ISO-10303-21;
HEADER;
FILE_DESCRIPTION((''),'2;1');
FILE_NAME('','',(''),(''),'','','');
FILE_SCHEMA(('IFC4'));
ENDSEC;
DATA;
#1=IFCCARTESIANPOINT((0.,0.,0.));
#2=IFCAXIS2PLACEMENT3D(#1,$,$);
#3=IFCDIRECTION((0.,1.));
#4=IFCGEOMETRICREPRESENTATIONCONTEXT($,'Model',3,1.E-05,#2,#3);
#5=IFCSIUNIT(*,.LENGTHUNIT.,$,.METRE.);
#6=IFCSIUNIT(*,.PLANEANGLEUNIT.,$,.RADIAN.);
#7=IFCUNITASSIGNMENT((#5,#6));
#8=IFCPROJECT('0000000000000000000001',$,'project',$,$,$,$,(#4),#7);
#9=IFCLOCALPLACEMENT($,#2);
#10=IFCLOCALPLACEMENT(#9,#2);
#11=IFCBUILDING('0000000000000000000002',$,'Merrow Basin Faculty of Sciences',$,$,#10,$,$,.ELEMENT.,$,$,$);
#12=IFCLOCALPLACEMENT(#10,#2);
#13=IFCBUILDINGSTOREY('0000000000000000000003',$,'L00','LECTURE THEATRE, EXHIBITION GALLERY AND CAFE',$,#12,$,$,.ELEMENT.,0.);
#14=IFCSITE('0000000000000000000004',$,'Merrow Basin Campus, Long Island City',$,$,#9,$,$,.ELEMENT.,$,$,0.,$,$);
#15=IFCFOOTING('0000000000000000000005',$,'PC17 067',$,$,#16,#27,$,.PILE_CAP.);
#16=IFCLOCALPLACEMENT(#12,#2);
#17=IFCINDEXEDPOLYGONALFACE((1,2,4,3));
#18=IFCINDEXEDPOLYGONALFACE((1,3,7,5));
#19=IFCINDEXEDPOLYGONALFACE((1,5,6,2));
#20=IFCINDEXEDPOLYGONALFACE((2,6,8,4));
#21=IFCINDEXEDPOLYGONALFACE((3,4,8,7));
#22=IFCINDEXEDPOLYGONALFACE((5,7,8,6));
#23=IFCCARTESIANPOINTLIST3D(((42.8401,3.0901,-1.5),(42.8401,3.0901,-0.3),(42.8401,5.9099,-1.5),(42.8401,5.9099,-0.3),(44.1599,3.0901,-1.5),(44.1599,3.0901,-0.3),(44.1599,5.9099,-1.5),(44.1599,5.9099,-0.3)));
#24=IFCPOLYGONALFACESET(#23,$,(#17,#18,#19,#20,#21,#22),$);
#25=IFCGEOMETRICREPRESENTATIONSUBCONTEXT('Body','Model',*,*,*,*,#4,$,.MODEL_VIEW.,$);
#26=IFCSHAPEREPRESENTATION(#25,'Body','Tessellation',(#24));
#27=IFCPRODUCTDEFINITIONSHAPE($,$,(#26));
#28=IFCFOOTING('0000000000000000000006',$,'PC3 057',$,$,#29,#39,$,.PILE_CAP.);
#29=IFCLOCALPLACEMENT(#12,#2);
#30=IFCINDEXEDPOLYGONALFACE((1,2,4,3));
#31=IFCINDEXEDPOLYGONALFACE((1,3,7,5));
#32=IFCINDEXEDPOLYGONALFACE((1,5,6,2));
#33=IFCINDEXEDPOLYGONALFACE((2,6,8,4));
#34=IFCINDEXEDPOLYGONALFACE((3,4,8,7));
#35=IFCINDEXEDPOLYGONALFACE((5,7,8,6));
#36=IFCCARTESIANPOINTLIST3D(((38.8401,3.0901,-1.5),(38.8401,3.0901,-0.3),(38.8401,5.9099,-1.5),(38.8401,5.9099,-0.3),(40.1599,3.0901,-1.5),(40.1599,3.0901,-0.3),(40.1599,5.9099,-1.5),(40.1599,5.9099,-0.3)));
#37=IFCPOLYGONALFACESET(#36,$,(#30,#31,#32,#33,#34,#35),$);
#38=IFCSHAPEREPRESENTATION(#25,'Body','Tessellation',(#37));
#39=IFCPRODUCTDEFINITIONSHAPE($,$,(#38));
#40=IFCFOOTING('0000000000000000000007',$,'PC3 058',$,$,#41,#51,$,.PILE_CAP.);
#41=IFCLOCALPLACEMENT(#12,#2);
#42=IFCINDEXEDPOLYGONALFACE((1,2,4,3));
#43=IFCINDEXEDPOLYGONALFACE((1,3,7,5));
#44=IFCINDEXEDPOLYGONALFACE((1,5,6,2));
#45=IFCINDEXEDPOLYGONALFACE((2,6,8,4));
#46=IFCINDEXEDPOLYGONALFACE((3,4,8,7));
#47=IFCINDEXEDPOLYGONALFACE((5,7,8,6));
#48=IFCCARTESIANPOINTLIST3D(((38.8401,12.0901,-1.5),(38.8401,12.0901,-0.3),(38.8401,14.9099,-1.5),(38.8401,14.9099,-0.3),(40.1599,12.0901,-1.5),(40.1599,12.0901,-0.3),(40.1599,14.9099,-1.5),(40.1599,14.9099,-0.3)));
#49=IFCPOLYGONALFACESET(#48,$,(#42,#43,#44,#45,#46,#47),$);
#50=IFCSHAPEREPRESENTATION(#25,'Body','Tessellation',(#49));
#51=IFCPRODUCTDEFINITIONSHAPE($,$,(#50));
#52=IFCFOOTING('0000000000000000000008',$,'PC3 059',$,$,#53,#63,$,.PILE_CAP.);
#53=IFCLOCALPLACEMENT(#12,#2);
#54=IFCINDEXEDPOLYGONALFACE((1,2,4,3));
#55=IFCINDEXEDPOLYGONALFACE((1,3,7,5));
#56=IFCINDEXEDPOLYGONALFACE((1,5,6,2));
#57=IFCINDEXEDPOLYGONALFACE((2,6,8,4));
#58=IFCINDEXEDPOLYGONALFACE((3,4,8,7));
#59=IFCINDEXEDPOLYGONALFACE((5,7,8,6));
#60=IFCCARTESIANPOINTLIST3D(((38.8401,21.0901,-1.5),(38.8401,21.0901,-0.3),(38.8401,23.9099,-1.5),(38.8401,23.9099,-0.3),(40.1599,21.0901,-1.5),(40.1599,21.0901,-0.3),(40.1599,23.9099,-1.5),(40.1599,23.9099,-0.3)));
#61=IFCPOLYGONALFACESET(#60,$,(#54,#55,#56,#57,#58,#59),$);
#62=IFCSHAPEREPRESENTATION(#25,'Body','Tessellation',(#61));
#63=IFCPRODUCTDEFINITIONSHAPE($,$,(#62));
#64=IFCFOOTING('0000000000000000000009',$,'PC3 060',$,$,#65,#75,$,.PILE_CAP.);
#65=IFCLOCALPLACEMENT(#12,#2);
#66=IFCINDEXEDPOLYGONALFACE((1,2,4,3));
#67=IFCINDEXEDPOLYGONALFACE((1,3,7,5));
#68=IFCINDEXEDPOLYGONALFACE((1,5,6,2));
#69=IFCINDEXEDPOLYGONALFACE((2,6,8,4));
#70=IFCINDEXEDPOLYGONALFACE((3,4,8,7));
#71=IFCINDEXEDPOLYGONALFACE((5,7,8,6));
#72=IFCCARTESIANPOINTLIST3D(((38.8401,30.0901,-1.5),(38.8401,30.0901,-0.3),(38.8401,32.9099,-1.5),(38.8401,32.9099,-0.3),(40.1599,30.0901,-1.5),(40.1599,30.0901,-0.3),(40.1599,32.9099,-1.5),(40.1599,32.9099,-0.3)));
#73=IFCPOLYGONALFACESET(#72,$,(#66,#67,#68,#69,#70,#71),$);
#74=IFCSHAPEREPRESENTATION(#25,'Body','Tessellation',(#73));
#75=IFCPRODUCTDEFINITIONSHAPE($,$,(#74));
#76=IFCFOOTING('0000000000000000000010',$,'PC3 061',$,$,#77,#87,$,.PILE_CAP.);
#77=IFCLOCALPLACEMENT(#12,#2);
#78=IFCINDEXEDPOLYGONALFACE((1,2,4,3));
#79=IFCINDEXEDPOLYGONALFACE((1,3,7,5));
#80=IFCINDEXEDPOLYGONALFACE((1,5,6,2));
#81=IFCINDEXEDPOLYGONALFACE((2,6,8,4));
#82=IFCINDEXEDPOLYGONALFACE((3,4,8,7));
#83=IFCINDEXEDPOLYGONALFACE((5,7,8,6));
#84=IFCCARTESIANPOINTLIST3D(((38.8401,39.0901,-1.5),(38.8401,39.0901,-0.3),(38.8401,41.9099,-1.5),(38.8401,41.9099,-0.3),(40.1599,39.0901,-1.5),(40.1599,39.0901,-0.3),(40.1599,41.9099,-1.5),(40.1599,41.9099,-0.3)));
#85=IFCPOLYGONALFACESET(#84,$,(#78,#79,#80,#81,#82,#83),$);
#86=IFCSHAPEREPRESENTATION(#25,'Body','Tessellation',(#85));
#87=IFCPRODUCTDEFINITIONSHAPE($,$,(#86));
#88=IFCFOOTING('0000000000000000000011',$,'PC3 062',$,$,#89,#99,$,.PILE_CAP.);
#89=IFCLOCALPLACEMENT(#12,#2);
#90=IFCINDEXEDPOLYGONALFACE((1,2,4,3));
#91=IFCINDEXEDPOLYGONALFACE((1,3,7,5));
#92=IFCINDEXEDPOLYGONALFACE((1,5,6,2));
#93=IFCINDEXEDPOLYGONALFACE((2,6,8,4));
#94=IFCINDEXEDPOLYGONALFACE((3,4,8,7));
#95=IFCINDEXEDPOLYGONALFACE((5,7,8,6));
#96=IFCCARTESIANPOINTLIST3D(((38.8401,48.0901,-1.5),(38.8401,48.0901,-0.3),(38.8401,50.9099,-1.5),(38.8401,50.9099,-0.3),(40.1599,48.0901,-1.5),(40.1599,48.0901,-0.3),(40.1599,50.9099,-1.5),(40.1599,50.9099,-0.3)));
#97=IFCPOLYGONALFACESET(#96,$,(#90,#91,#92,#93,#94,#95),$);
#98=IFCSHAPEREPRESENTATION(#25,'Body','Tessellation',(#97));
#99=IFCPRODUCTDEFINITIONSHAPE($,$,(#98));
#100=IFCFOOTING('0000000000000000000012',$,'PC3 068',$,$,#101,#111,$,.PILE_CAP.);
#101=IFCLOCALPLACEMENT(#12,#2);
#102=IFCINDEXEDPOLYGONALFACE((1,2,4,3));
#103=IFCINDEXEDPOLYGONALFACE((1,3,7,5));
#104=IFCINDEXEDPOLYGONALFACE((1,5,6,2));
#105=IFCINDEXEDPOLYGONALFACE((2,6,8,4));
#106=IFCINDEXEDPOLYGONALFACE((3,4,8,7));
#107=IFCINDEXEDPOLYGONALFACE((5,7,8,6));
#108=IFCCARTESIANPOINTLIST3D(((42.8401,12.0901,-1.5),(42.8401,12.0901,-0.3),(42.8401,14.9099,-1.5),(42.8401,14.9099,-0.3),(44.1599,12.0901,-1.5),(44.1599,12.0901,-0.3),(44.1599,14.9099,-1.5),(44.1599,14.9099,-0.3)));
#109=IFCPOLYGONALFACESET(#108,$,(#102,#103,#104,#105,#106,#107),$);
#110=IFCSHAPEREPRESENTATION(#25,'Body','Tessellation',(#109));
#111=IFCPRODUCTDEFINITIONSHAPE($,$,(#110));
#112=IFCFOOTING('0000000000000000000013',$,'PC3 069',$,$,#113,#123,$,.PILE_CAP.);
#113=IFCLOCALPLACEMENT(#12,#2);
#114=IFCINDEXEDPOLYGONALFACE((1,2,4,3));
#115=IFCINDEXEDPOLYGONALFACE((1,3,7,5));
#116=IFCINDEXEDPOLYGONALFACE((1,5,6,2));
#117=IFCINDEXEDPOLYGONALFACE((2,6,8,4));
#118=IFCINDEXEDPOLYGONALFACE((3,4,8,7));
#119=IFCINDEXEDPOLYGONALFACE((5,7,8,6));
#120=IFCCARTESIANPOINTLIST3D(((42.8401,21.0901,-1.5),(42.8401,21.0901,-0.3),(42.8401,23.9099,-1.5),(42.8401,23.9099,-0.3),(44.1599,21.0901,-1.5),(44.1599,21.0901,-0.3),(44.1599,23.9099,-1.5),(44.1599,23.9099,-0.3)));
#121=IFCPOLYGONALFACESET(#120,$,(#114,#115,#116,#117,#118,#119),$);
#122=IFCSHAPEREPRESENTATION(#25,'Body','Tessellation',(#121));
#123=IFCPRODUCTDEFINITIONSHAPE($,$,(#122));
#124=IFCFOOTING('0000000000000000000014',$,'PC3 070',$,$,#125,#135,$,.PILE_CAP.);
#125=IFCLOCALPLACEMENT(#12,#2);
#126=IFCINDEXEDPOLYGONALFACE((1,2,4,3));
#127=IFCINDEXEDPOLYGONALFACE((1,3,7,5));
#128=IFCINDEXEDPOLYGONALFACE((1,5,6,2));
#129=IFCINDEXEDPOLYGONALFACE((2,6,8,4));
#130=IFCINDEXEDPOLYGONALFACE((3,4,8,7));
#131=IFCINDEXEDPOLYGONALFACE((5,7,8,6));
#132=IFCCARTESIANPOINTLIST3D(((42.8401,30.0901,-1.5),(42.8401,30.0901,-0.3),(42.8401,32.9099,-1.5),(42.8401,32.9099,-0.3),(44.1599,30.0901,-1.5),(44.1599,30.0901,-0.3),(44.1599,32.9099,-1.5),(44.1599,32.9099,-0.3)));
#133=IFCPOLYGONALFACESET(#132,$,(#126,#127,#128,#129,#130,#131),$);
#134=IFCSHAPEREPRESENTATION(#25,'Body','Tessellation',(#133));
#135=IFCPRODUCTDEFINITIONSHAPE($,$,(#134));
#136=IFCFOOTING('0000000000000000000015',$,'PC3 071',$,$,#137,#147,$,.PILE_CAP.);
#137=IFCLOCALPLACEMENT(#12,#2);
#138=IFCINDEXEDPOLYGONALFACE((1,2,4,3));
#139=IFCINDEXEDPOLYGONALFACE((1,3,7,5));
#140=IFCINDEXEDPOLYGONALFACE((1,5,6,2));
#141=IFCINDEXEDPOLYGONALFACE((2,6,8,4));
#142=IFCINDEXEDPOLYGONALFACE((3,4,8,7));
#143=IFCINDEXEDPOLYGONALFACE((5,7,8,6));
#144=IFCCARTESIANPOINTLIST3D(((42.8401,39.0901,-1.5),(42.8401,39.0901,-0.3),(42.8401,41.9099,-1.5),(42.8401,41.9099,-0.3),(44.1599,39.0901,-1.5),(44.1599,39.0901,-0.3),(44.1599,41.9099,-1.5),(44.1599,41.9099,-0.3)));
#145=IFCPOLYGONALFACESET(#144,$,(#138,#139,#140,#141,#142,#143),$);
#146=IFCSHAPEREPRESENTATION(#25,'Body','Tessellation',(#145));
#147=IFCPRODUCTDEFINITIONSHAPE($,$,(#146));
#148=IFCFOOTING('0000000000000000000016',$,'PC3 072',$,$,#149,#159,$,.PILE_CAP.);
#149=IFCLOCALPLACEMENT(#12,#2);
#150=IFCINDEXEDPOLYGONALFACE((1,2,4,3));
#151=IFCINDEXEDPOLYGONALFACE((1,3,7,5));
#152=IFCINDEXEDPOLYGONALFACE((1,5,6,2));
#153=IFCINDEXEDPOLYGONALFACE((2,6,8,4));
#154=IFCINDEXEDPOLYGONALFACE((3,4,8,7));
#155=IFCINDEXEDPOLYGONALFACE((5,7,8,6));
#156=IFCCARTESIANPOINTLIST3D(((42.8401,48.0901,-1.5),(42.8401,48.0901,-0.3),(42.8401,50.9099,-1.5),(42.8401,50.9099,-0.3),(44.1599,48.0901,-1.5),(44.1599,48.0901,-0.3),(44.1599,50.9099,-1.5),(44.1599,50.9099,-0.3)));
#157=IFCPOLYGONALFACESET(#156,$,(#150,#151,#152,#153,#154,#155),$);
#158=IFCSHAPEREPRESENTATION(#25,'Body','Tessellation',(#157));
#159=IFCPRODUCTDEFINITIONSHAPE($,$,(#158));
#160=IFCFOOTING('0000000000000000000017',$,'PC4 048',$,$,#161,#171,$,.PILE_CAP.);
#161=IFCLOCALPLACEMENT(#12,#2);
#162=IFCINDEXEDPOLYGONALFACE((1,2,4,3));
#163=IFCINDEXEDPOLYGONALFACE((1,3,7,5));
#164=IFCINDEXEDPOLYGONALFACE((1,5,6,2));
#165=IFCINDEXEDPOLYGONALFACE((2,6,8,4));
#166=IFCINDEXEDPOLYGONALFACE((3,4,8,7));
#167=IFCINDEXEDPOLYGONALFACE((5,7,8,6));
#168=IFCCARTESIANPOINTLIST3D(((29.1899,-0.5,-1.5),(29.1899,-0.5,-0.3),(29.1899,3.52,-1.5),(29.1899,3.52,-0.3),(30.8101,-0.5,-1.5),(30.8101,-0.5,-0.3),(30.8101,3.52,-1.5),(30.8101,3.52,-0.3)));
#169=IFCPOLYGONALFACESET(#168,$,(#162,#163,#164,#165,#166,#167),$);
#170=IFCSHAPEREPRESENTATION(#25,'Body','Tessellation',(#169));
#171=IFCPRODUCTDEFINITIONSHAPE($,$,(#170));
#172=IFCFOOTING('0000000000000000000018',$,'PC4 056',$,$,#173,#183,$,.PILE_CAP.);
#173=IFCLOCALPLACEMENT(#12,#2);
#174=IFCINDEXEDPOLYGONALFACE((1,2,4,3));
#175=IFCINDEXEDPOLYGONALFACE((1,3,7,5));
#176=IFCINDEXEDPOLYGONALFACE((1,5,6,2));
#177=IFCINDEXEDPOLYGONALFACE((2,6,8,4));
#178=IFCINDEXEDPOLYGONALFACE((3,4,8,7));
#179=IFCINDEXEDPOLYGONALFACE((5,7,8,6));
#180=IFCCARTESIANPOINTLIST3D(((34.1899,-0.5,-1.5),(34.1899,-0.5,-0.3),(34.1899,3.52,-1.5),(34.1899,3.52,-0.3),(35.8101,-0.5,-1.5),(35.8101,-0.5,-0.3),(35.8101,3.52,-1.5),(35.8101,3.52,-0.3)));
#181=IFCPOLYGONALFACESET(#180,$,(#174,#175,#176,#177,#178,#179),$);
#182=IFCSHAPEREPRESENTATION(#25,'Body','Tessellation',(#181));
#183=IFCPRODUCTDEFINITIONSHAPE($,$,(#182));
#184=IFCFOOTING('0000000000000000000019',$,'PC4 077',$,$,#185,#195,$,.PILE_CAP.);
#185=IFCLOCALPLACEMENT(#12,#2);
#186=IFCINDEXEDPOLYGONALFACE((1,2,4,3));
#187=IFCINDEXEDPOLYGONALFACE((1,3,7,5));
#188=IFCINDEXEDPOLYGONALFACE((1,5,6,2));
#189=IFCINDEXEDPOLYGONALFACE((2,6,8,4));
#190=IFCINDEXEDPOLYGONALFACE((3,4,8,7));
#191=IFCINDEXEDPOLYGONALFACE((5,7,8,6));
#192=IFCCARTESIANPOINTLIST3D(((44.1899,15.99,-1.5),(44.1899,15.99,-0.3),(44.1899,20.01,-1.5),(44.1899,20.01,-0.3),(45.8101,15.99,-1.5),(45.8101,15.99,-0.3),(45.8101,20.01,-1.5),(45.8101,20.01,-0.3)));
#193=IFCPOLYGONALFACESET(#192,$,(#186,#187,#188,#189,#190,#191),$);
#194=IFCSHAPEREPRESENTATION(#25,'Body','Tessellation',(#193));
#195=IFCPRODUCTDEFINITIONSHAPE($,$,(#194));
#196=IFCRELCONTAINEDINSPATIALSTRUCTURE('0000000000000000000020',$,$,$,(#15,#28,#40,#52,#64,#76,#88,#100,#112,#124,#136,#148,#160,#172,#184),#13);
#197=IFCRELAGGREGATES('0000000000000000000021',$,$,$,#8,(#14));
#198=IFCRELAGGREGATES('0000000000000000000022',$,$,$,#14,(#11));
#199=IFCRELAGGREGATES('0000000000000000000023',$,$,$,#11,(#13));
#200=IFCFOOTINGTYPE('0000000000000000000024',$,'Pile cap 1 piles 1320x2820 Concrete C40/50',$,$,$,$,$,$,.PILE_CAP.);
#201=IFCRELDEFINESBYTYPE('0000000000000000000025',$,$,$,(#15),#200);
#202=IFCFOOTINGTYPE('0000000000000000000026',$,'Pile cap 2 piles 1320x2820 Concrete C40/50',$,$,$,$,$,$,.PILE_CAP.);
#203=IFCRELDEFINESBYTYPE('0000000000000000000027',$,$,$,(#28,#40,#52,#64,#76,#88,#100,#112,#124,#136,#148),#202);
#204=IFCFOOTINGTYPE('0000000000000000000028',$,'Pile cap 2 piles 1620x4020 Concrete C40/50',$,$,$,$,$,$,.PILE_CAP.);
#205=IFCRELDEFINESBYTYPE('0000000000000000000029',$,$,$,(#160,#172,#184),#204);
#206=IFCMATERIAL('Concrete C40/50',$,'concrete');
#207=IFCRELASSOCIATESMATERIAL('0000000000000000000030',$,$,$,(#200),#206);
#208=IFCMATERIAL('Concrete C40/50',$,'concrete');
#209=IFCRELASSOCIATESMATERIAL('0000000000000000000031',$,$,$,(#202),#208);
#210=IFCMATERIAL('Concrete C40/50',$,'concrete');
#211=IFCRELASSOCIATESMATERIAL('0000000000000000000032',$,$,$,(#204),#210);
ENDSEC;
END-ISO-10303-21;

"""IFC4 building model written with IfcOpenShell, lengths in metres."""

from ifc_helpers import new_model, si_unit, direction, frame, origin, place, context, subcontext, project, spatial, polyline, outline, extrude, material, type_object, element, save


model = new_model("IFC4")

# Units and contexts
model_context = context("Model", 3, precision=1e-05, world=origin(), true_north=direction((0.0, 1.0)))
body_context = subcontext(model_context, "Body", "Model", "MODEL_VIEW")
ifc_project = project(units=[si_unit("LENGTHUNIT", "METRE"), si_unit("PLANEANGLEUNIT", "RADIAN")], contexts=[model_context])

# Site, building, storey
site_placement = place(None, origin())
site = spatial("IfcSite", under=ifc_project, at=site_placement, Name="Merrow Basin Campus, Long Island City", CompositionType="ELEMENT", RefElevation=0.0)
building_placement = place(site_placement, origin())
building = spatial("IfcBuilding", under=site, at=building_placement, Name="Merrow Basin Faculty of Sciences", CompositionType="ELEMENT")
storey_placement = place(building_placement, origin())
storey = spatial("IfcBuildingStorey", under=building, at=storey_placement, Name="L00", Description="LECTURE THEATRE, EXHIBITION GALLERY AND CAFE", CompositionType="ELEMENT", Elevation=0.0)

# Footings
ifc_material_1 = material(Name="Concrete C40/50", Category="concrete")
footing_type_1 = type_object("IfcFootingType", Name="Pile cap 1 piles 1320x2820 Concrete C40/50", PredefinedType="PILE_CAP", material=ifc_material_1)
footing_1_placement = place(storey_placement, frame((0.0, 0.0, -1.5)))
element("IfcFooting", 1, at=footing_1_placement, inside=storey, type_object=footing_type_1, Name="PC17 067", PredefinedType="PILE_CAP", context=body_context, shape_type="SweptSolid", body=[
    extrude(outline(polyline([(42.8401, 5.9099), (44.1599, 5.9099), (44.1599, 3.0901), (42.8401, 3.0901), (42.8401, 5.9099)])), origin(), (0.0, 0.0, 1.0), 1.2),
])
ifc_material_2 = material(Name="Concrete C40/50", Category="concrete")
footing_type_2 = type_object("IfcFootingType", Name="Pile cap 2 piles 1320x2820 Concrete C40/50", PredefinedType="PILE_CAP", material=ifc_material_2)
footing_2_placement = place(storey_placement, frame((0.0, 0.0, -1.5)))
element("IfcFooting", 2, at=footing_2_placement, inside=storey, type_object=footing_type_2, Name="PC3 057", PredefinedType="PILE_CAP", context=body_context, shape_type="SweptSolid", body=[
    extrude(outline(polyline([(38.8401, 5.9099), (40.1599, 5.9099), (40.1599, 3.0901), (38.8401, 3.0901), (38.8401, 5.9099)])), origin(), (0.0, 0.0, 1.0), 1.2),
])
footing_3_placement = place(storey_placement, frame((0.0, 0.0, -1.5)))
element("IfcFooting", 3, at=footing_3_placement, inside=storey, type_object=footing_type_2, Name="PC3 058", PredefinedType="PILE_CAP", context=body_context, shape_type="SweptSolid", body=[
    extrude(outline(polyline([(38.8401, 14.9099), (40.1599, 14.9099), (40.1599, 12.0901), (38.8401, 12.0901), (38.8401, 14.9099)])), origin(), (0.0, 0.0, 1.0), 1.2),
])
footing_4_placement = place(storey_placement, frame((0.0, 0.0, -1.5)))
element("IfcFooting", 4, at=footing_4_placement, inside=storey, type_object=footing_type_2, Name="PC3 059", PredefinedType="PILE_CAP", context=body_context, shape_type="SweptSolid", body=[
    extrude(outline(polyline([(38.8401, 23.9099), (40.1599, 23.9099), (40.1599, 21.0901), (38.8401, 21.0901), (38.8401, 23.9099)])), origin(), (0.0, 0.0, 1.0), 1.2),
])
footing_5_placement = place(storey_placement, frame((0.0, 0.0, -1.5)))
element("IfcFooting", 5, at=footing_5_placement, inside=storey, type_object=footing_type_2, Name="PC3 060", PredefinedType="PILE_CAP", context=body_context, shape_type="SweptSolid", body=[
    extrude(outline(polyline([(38.8401, 32.9099), (40.1599, 32.9099), (40.1599, 30.0901), (38.8401, 30.0901), (38.8401, 32.9099)])), origin(), (0.0, 0.0, 1.0), 1.2),
])
footing_6_placement = place(storey_placement, frame((0.0, 0.0, -1.5)))
element("IfcFooting", 6, at=footing_6_placement, inside=storey, type_object=footing_type_2, Name="PC3 061", PredefinedType="PILE_CAP", context=body_context, shape_type="SweptSolid", body=[
    extrude(outline(polyline([(38.8401, 41.9099), (40.1599, 41.9099), (40.1599, 39.0901), (38.8401, 39.0901), (38.8401, 41.9099)])), origin(), (0.0, 0.0, 1.0), 1.2),
])
footing_7_placement = place(storey_placement, frame((0.0, 0.0, -1.5)))
element("IfcFooting", 7, at=footing_7_placement, inside=storey, type_object=footing_type_2, Name="PC3 062", PredefinedType="PILE_CAP", context=body_context, shape_type="SweptSolid", body=[
    extrude(outline(polyline([(38.8401, 50.9099), (40.1599, 50.9099), (40.1599, 48.0901), (38.8401, 48.0901), (38.8401, 50.9099)])), origin(), (0.0, 0.0, 1.0), 1.2),
])
footing_8_placement = place(storey_placement, frame((0.0, 0.0, -1.5)))
element("IfcFooting", 8, at=footing_8_placement, inside=storey, type_object=footing_type_2, Name="PC3 068", PredefinedType="PILE_CAP", context=body_context, shape_type="SweptSolid", body=[
    extrude(outline(polyline([(42.8401, 14.9099), (44.1599, 14.9099), (44.1599, 12.0901), (42.8401, 12.0901), (42.8401, 14.9099)])), origin(), (0.0, 0.0, 1.0), 1.2),
])
footing_9_placement = place(storey_placement, frame((0.0, 0.0, -1.5)))
element("IfcFooting", 9, at=footing_9_placement, inside=storey, type_object=footing_type_2, Name="PC3 069", PredefinedType="PILE_CAP", context=body_context, shape_type="SweptSolid", body=[
    extrude(outline(polyline([(42.8401, 23.9099), (44.1599, 23.9099), (44.1599, 21.0901), (42.8401, 21.0901), (42.8401, 23.9099)])), origin(), (0.0, 0.0, 1.0), 1.2),
])
footing_10_placement = place(storey_placement, frame((0.0, 0.0, -1.5)))
element("IfcFooting", 10, at=footing_10_placement, inside=storey, type_object=footing_type_2, Name="PC3 070", PredefinedType="PILE_CAP", context=body_context, shape_type="SweptSolid", body=[
    extrude(outline(polyline([(42.8401, 32.9099), (44.1599, 32.9099), (44.1599, 30.0901), (42.8401, 30.0901), (42.8401, 32.9099)])), origin(), (0.0, 0.0, 1.0), 1.2),
])
footing_11_placement = place(storey_placement, frame((0.0, 0.0, -1.5)))
element("IfcFooting", 11, at=footing_11_placement, inside=storey, type_object=footing_type_2, Name="PC3 071", PredefinedType="PILE_CAP", context=body_context, shape_type="SweptSolid", body=[
    extrude(outline(polyline([(42.8401, 41.9099), (44.1599, 41.9099), (44.1599, 39.0901), (42.8401, 39.0901), (42.8401, 41.9099)])), origin(), (0.0, 0.0, 1.0), 1.2),
])
footing_12_placement = place(storey_placement, frame((0.0, 0.0, -1.5)))
element("IfcFooting", 12, at=footing_12_placement, inside=storey, type_object=footing_type_2, Name="PC3 072", PredefinedType="PILE_CAP", context=body_context, shape_type="SweptSolid", body=[
    extrude(outline(polyline([(42.8401, 50.9099), (44.1599, 50.9099), (44.1599, 48.0901), (42.8401, 48.0901), (42.8401, 50.9099)])), origin(), (0.0, 0.0, 1.0), 1.2),
])
ifc_material_3 = material(Name="Concrete C40/50", Category="concrete")
footing_type_3 = type_object("IfcFootingType", Name="Pile cap 2 piles 1620x4020 Concrete C40/50", PredefinedType="PILE_CAP", material=ifc_material_3)
footing_13_placement = place(storey_placement, frame((0.0, 0.0, -1.5)))
element("IfcFooting", 13, at=footing_13_placement, inside=storey, type_object=footing_type_3, Name="PC4 048", PredefinedType="PILE_CAP", context=body_context, shape_type="SweptSolid", body=[
    extrude(outline(polyline([(30.8101, 3.52), (30.8101, -0.5), (29.1899, -0.5), (29.1899, 3.52), (30.8101, 3.52)])), origin(), (0.0, 0.0, 1.0), 1.2),
])
footing_14_placement = place(storey_placement, frame((0.0, 0.0, -1.5)))
element("IfcFooting", 14, at=footing_14_placement, inside=storey, type_object=footing_type_3, Name="PC4 056", PredefinedType="PILE_CAP", context=body_context, shape_type="SweptSolid", body=[
    extrude(outline(polyline([(35.8101, 3.52), (35.8101, -0.5), (34.1899, -0.5), (34.1899, 3.52), (35.8101, 3.52)])), origin(), (0.0, 0.0, 1.0), 1.2),
])
footing_15_placement = place(storey_placement, frame((0.0, 0.0, -1.5)))
element("IfcFooting", 15, at=footing_15_placement, inside=storey, type_object=footing_type_3, Name="PC4 077", PredefinedType="PILE_CAP", context=body_context, shape_type="SweptSolid", body=[
    extrude(outline(polyline([(44.1899, 20.01), (45.8101, 20.01), (45.8101, 15.99), (44.1899, 15.99), (44.1899, 20.01)])), origin(), (0.0, 0.0, 1.0), 1.2),
])

save(model, "model.ifc")
